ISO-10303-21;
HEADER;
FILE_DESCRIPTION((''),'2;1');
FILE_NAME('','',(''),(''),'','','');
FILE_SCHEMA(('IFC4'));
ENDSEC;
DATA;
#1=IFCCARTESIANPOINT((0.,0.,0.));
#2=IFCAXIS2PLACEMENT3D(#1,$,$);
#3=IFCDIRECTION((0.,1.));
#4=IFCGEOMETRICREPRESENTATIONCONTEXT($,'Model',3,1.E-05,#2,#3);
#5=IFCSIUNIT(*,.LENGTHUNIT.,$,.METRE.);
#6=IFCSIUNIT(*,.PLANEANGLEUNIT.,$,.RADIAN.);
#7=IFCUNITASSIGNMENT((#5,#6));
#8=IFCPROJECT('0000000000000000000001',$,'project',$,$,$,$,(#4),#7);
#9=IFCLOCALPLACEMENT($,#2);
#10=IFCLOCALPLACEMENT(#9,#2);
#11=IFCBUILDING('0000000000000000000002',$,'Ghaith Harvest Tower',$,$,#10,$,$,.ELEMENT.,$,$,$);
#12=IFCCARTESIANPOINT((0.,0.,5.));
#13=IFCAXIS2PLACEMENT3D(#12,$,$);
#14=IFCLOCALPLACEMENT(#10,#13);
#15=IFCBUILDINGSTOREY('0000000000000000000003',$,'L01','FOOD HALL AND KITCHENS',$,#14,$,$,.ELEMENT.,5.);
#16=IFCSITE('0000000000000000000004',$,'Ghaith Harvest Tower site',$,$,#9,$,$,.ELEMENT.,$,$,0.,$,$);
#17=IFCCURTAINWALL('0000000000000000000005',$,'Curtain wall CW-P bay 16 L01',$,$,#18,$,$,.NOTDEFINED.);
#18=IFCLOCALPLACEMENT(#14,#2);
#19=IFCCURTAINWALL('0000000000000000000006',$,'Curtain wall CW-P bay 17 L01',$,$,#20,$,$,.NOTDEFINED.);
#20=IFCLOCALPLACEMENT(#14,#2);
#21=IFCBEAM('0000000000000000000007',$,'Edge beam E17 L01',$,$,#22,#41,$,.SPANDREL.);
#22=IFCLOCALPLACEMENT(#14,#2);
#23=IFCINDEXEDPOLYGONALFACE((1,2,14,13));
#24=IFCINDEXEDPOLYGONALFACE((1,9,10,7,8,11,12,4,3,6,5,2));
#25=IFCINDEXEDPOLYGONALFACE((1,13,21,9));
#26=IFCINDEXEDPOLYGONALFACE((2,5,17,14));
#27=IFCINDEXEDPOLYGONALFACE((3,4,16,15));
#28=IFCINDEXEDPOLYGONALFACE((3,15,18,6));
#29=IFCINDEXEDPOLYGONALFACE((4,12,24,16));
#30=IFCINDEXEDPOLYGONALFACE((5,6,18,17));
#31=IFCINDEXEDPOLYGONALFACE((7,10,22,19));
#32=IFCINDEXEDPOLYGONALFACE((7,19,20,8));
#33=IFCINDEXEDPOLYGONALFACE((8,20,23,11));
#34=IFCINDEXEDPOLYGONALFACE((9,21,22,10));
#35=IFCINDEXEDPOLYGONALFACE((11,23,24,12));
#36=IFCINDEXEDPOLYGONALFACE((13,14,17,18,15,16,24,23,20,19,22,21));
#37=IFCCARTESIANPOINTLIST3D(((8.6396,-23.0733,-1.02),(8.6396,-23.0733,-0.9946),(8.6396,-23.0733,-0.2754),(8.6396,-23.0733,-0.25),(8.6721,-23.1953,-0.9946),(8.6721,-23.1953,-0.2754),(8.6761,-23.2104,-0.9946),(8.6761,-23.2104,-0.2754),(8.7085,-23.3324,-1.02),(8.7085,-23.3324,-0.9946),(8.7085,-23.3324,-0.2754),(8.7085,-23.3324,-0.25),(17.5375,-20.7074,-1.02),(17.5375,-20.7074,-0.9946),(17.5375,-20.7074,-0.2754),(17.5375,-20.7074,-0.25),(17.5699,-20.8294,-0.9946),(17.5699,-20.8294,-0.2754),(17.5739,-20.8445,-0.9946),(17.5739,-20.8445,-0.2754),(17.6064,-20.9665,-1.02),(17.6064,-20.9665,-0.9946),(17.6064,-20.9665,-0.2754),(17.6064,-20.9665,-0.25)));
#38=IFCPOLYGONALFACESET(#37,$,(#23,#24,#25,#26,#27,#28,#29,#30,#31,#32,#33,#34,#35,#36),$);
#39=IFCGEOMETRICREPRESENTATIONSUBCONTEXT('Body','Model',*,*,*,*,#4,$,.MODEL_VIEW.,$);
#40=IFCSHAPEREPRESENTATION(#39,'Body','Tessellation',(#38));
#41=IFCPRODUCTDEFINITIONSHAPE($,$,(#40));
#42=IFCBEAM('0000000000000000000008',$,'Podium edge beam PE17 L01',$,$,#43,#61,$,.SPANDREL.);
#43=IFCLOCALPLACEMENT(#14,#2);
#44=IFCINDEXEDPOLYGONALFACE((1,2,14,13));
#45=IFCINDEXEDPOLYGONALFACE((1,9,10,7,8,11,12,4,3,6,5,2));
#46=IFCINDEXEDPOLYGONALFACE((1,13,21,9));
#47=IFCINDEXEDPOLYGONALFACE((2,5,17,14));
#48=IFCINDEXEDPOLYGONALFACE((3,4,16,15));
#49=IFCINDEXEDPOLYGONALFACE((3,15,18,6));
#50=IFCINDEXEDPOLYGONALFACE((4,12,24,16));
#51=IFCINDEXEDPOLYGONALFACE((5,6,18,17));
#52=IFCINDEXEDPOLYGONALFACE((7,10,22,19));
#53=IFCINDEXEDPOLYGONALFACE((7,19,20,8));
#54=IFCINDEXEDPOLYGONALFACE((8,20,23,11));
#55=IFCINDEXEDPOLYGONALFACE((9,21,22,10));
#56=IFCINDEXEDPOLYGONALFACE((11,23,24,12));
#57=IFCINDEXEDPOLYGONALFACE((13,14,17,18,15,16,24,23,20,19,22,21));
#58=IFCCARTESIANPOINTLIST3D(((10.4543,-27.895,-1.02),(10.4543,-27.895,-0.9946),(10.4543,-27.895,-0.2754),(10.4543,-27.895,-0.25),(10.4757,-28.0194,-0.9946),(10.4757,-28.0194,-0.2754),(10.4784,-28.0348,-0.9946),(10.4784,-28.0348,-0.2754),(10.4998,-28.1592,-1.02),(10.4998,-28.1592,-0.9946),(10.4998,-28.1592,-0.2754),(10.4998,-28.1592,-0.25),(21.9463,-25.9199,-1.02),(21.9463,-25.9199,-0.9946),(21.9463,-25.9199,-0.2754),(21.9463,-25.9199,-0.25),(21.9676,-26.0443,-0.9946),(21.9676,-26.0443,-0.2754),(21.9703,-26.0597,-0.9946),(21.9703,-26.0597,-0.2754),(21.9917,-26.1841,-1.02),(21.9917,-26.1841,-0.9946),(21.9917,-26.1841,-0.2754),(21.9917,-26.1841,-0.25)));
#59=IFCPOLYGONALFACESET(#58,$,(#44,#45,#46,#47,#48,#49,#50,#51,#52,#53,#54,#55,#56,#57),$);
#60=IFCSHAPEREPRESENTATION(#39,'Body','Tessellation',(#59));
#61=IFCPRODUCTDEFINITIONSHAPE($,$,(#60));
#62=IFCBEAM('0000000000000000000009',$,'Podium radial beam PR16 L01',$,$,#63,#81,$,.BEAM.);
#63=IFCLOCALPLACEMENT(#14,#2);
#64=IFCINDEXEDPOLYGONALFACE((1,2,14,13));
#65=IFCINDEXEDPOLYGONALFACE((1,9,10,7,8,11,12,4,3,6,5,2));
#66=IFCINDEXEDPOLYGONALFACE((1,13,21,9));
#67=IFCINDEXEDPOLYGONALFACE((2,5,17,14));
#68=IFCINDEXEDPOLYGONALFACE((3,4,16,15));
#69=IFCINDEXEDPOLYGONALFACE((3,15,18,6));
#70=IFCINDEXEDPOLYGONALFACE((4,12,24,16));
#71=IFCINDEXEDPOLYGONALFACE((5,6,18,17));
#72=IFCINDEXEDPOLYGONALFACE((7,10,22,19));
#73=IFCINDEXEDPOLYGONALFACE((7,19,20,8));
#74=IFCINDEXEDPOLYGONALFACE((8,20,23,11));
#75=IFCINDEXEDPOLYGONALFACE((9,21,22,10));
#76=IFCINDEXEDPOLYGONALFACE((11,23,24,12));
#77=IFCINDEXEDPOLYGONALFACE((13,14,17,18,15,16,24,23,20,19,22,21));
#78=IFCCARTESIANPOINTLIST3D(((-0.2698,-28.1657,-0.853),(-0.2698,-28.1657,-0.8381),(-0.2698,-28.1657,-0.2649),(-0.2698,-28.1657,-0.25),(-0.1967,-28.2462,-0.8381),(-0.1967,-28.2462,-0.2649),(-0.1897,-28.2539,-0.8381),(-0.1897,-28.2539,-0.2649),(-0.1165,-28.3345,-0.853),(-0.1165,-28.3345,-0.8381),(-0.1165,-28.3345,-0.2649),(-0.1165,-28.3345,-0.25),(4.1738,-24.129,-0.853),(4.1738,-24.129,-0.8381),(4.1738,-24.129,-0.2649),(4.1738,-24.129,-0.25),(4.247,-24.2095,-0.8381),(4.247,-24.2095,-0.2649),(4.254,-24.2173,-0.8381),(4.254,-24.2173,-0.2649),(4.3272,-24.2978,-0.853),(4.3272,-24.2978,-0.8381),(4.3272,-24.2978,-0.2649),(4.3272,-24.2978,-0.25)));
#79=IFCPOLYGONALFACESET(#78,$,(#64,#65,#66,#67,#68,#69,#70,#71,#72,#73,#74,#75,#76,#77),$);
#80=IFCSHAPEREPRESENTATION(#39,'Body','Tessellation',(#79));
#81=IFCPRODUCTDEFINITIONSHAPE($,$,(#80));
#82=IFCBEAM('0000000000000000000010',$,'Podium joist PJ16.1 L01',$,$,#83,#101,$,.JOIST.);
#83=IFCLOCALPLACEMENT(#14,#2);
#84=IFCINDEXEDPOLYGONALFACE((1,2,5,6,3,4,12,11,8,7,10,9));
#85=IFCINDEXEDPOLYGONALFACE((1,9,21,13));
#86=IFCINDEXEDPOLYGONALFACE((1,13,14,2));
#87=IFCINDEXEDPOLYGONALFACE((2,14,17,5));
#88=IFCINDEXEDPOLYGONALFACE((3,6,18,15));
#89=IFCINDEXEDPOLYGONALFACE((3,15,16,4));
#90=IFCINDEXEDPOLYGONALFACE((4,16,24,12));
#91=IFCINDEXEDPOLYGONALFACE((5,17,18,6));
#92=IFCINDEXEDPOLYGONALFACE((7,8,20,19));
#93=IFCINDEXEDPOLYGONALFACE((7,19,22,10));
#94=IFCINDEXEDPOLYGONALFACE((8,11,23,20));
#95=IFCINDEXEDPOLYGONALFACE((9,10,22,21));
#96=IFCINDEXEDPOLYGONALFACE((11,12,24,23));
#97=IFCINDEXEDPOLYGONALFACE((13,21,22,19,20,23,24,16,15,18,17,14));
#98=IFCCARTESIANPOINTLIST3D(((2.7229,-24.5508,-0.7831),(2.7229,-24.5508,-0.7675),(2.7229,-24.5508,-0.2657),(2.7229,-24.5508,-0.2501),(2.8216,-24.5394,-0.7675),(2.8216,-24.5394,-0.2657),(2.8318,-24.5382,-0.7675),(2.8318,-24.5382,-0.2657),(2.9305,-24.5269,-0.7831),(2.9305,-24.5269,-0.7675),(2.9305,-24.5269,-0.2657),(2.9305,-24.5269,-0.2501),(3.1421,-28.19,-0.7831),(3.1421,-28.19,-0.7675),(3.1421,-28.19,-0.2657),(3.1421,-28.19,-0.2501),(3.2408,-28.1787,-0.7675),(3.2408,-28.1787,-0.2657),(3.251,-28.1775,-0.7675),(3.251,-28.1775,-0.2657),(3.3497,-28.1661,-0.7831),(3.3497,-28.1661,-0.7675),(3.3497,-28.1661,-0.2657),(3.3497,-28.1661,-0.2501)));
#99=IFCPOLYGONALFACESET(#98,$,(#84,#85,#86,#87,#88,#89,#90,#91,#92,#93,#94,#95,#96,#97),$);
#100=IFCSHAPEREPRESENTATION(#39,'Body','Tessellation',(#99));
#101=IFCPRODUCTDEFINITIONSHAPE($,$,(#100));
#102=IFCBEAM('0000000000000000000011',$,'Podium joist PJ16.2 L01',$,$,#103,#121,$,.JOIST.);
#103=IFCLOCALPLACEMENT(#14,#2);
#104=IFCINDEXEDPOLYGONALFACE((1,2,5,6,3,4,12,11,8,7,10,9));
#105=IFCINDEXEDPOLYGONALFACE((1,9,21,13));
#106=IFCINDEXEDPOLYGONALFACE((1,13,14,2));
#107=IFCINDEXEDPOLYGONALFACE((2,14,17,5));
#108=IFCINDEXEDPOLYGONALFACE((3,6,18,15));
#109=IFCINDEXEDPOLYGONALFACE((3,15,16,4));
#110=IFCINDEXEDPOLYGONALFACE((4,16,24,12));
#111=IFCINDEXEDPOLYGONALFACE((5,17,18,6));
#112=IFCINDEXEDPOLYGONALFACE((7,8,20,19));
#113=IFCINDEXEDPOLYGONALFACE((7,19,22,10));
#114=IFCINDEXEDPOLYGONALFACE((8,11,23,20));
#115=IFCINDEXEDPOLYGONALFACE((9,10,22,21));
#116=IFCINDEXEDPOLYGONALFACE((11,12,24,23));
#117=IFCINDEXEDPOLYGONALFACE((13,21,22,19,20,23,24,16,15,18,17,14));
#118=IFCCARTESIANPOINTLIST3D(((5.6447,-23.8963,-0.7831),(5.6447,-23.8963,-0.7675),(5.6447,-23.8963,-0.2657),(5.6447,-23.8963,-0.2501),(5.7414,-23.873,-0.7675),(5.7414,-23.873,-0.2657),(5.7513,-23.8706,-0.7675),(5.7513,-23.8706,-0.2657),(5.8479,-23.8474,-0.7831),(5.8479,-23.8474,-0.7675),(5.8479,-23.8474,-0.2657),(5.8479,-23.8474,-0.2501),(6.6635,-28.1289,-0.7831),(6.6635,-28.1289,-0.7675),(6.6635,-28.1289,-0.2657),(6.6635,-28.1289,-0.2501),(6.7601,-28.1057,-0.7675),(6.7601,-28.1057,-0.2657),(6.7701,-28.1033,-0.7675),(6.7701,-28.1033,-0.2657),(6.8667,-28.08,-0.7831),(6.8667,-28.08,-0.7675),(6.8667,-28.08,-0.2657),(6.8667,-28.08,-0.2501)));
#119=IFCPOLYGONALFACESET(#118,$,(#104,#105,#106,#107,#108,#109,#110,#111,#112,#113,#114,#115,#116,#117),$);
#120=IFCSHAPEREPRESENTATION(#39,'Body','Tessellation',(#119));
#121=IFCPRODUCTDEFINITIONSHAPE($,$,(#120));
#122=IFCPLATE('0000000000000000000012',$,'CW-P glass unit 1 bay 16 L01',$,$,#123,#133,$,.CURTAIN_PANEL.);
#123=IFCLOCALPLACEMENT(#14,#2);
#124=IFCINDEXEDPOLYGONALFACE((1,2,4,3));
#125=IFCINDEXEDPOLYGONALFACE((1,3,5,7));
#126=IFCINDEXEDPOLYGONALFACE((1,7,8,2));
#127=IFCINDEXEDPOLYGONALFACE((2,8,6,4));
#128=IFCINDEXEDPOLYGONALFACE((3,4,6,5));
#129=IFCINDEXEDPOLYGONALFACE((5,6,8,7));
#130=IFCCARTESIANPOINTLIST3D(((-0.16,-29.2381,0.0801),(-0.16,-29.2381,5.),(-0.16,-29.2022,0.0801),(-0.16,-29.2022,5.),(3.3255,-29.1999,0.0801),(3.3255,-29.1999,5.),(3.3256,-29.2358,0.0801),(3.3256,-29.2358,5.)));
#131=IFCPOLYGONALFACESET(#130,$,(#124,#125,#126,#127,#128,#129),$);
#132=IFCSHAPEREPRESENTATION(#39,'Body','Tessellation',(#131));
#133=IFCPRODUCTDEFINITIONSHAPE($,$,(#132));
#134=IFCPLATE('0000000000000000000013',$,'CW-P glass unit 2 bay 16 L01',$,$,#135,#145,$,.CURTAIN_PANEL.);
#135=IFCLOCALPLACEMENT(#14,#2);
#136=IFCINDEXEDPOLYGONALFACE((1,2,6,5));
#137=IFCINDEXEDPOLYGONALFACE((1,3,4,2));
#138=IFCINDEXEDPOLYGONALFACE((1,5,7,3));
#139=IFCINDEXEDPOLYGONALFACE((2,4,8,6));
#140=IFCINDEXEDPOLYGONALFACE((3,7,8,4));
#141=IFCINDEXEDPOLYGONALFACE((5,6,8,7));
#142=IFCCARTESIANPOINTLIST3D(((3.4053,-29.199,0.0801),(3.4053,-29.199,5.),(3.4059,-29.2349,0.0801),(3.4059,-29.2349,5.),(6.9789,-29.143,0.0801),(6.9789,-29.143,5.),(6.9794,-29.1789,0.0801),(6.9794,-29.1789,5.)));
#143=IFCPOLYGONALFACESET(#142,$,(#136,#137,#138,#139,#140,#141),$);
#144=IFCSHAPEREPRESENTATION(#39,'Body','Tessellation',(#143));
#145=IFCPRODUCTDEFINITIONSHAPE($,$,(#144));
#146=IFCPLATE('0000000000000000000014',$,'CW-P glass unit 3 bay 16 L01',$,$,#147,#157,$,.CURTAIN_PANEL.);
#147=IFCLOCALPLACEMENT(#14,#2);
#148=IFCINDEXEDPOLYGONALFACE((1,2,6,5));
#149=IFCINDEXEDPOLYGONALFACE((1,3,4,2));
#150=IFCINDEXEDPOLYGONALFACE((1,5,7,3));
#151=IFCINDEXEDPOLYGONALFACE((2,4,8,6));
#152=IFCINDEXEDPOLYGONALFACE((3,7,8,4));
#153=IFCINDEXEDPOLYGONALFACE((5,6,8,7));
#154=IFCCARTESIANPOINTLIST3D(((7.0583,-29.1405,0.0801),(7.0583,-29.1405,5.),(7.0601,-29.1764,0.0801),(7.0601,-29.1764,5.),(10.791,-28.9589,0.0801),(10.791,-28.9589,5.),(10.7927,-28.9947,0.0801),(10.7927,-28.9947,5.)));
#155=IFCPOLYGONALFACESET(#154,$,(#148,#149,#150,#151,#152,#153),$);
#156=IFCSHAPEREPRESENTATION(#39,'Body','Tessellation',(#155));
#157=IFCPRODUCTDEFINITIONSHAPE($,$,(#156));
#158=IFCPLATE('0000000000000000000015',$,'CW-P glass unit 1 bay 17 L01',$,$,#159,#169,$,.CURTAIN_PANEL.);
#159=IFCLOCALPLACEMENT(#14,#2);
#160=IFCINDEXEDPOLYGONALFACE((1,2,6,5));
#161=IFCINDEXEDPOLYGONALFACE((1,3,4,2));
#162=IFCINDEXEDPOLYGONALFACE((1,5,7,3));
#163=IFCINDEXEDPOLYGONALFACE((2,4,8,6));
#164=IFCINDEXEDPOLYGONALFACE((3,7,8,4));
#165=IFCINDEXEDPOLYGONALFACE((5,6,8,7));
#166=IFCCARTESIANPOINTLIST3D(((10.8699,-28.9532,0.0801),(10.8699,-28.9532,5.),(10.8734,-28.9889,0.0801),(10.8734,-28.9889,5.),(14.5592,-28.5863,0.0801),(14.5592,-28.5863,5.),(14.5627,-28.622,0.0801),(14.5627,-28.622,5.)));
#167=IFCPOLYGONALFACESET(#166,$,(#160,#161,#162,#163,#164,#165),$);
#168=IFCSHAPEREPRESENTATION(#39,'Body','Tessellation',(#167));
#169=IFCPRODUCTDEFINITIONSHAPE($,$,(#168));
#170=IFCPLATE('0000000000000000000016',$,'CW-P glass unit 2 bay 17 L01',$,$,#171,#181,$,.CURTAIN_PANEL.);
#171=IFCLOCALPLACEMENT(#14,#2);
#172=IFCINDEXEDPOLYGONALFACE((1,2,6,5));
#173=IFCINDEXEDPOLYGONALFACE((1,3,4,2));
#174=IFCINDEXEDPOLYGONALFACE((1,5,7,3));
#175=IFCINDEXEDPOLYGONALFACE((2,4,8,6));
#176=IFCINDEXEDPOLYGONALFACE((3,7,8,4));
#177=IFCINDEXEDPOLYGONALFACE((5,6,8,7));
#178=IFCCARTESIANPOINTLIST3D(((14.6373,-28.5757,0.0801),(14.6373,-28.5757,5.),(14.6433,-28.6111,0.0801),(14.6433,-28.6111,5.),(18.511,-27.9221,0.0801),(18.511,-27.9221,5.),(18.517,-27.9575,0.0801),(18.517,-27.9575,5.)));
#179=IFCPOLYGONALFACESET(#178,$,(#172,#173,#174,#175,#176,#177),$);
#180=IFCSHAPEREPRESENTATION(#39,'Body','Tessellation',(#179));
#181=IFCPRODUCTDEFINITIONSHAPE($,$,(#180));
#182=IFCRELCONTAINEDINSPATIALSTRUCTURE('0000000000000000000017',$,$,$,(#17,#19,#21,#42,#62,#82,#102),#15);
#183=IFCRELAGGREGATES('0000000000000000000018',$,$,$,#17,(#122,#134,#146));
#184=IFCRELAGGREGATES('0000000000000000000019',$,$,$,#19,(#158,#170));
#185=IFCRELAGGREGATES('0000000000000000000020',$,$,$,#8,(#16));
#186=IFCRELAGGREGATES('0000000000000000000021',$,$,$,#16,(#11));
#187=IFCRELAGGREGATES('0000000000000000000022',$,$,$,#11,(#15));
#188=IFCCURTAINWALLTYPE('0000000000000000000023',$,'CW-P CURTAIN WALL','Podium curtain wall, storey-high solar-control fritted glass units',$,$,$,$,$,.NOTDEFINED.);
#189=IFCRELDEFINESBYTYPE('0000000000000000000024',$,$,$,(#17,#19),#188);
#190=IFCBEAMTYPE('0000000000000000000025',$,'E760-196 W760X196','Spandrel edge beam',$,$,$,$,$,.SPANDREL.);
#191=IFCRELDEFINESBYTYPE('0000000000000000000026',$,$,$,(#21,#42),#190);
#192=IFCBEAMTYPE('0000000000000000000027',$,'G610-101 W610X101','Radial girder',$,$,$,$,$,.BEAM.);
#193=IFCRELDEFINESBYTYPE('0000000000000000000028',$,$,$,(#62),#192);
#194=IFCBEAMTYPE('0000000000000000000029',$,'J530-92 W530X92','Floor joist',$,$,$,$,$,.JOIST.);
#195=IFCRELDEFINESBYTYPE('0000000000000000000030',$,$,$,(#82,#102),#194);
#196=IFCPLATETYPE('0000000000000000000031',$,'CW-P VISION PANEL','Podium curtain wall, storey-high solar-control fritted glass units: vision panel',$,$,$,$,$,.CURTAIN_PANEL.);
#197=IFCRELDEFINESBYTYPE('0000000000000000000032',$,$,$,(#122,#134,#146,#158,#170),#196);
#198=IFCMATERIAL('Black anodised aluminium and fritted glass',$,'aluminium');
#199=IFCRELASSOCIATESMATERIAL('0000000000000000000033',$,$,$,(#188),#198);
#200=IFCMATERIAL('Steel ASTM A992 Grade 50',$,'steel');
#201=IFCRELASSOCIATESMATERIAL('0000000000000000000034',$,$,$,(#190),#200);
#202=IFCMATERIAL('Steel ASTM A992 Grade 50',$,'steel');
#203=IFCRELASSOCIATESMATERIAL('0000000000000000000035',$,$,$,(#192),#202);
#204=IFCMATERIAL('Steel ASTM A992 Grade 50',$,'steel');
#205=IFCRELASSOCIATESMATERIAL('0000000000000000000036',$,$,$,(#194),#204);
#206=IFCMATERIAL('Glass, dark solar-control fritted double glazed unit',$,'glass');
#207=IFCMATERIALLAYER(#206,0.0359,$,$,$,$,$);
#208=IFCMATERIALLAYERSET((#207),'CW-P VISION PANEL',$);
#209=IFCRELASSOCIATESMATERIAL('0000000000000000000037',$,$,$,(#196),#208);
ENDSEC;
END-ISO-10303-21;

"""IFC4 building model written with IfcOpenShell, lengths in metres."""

from ifc_helpers import new_model, si_unit, direction, frame, origin, origin_2d, place, context, subcontext, project, spatial, rectangle, i_section, extrude, material, layer, layer_set, material_profile, profile_set, type_object, element, aggregate, save


model = new_model("IFC4")

# Units and contexts
model_context = context("Model", 3, precision=1e-05, world=origin(), true_north=direction((0.0, 1.0)))
body_context = subcontext(model_context, "Body", "Model", "MODEL_VIEW")
ifc_project = project(units=[si_unit("LENGTHUNIT", "METRE"), si_unit("PLANEANGLEUNIT", "RADIAN")], contexts=[model_context])

# Site, building, storey
site_placement = place(None, origin())
site = spatial("IfcSite", under=ifc_project, at=site_placement, Name="Ghaith Harvest Tower site", CompositionType="ELEMENT", RefElevation=0.0)
building_placement = place(site_placement, origin())
building = spatial("IfcBuilding", under=site, at=building_placement, Name="Ghaith Harvest Tower", CompositionType="ELEMENT")
storey_placement = place(building_placement, frame((0.0, 0.0, 5.0)))
storey = spatial("IfcBuildingStorey", under=building, at=storey_placement, Name="L01", Description="FOOD HALL AND KITCHENS", CompositionType="ELEMENT", Elevation=5.0)

# Curtain walls
ifc_material_1 = material(Name="Black anodised aluminium and fritted glass", Category="aluminium")
curtain_wall_type = type_object("IfcCurtainWallType", Name="CW-P CURTAIN WALL", Description="Podium curtain wall, storey-high solar-control fritted glass units", PredefinedType="NOTDEFINED", material=ifc_material_1)
curtain_wall_1_placement = place(storey_placement, origin())
curtain_wall_1 = element("IfcCurtainWall", 1, at=curtain_wall_1_placement, inside=storey, type_object=curtain_wall_type, Name="Curtain wall CW-P bay 16 L01", PredefinedType="NOTDEFINED")
curtain_wall_2_placement = place(storey_placement, origin())
curtain_wall_2 = element("IfcCurtainWall", 2, at=curtain_wall_2_placement, inside=storey, type_object=curtain_wall_type, Name="Curtain wall CW-P bay 17 L01", PredefinedType="NOTDEFINED")

# Beams
ifc_material_2 = material(Name="Steel ASTM A992 Grade 50", Category="steel")
ifc_material_profile_1 = material_profile(ifc_material_2, i_section(OverallWidth=0.2681, OverallDepth=0.77, WebThickness=0.0156, FlangeThickness=0.0254, at=origin_2d()), Name="W760X196")
ifc_profile_set_1 = profile_set([ifc_material_profile_1], Name="Steel ASTM A992 Grade 50")
beam_type_1 = type_object("IfcBeamType", Name="E760-196 W760X196", Description="Spandrel edge beam", PredefinedType="SPANDREL", material=ifc_profile_set_1)
beam_1_placement = place(storey_placement, frame((8.6741, -23.2029, -0.635), z_axis=(0.966419, 0.256971, 0.0), x_axis=(-0.256971, 0.966419, 0.0)))
element("IfcBeam", 3, at=beam_1_placement, inside=storey, type_object=beam_type_1, Name="Edge beam E17 L01", PredefinedType="SPANDREL", context=body_context, shape_type="SweptSolid", body=[
    extrude(i_section(OverallWidth=0.2681, OverallDepth=0.77, WebThickness=0.0156, FlangeThickness=0.0254, at=origin_2d()), origin(), (0.0, 0.0, 1.0), 9.207),
])
beam_2_placement = place(storey_placement, frame((10.4771, -28.0271, -0.635), z_axis=(0.98555, 0.169385, 0.0), x_axis=(-0.169385, 0.98555, 0.0)))
element("IfcBeam", 4, at=beam_2_placement, inside=storey, type_object=beam_type_1, Name="Podium edge beam PE17 L01", PredefinedType="SPANDREL", context=body_context, shape_type="SweptSolid", body=[
    extrude(i_section(OverallWidth=0.2681, OverallDepth=0.77, WebThickness=0.0156, FlangeThickness=0.0254, at=origin_2d()), origin(), (0.0, 0.0, 1.0), 11.6604),
])
ifc_material_3 = material(Name="Steel ASTM A992 Grade 50", Category="steel")
ifc_material_profile_2 = material_profile(ifc_material_3, i_section(OverallWidth=0.228, OverallDepth=0.603, WebThickness=0.0105, FlangeThickness=0.0149, at=origin_2d()), Name="W610X101")
ifc_profile_set_2 = profile_set([ifc_material_profile_2], Name="Steel ASTM A992 Grade 50")
beam_type_2 = type_object("IfcBeamType", Name="G610-101 W610X101", Description="Radial girder", PredefinedType="BEAM", material=ifc_profile_set_2)
beam_3_placement = place(storey_placement, frame((4.2505, -24.2134, -0.5515), z_axis=(-0.74019, -0.672397, 0.0), x_axis=(0.672397, -0.74019, 0.0)))
element("IfcBeam", 5, at=beam_3_placement, inside=storey, type_object=beam_type_2, Name="Podium radial beam PR16 L01", PredefinedType="BEAM", context=body_context, shape_type="SweptSolid", body=[
    extrude(i_section(OverallWidth=0.228, OverallDepth=0.603, WebThickness=0.0105, FlangeThickness=0.0149, at=origin_2d()), origin(), (0.0, 0.0, 1.0), 6.0034),
])
ifc_material_4 = material(Name="Steel ASTM A992 Grade 50", Category="steel")
ifc_material_profile_3 = material_profile(ifc_material_4, i_section(OverallWidth=0.209, OverallDepth=0.533, WebThickness=0.0103, FlangeThickness=0.0156, at=origin_2d()), Name="W530X92")
ifc_profile_set_3 = profile_set([ifc_material_profile_3], Name="Steel ASTM A992 Grade 50")
beam_type_3 = type_object("IfcBeamType", Name="J530-92 W530X92", Description="Floor joist", PredefinedType="JOIST", material=ifc_profile_set_3)
beam_4_placement = place(storey_placement, frame((2.8267, -24.5388, -0.5166), z_axis=(0.114432, -0.993431, 0.0), x_axis=(0.993431, 0.114432, 0.0)))
element("IfcBeam", 6, at=beam_4_placement, inside=storey, type_object=beam_type_3, Name="Podium joist PJ16.1 L01", PredefinedType="JOIST", context=body_context, shape_type="SweptSolid", body=[
    extrude(i_section(OverallWidth=0.209, OverallDepth=0.533, WebThickness=0.0103, FlangeThickness=0.0156, at=origin_2d()), origin(), (0.0, 0.0, 1.0), 3.6633),
])
beam_5_placement = place(storey_placement, frame((5.7463, -23.8718, -0.5166), z_axis=(0.234016, -0.972233, 0.0), x_axis=(0.972233, 0.234016, 0.0)))
element("IfcBeam", 7, at=beam_5_placement, inside=storey, type_object=beam_type_3, Name="Podium joist PJ16.2 L01", PredefinedType="JOIST", context=body_context, shape_type="SweptSolid", body=[
    extrude(i_section(OverallWidth=0.209, OverallDepth=0.533, WebThickness=0.0103, FlangeThickness=0.0156, at=origin_2d()), origin(), (0.0, 0.0, 1.0), 4.3535),
])

# Plates
ifc_material_5 = material(Name="Glass, dark solar-control fritted double glazed unit", Category="glass")
ifc_layer = layer(ifc_material_5, 0.0359)
ifc_layer_set = layer_set([ifc_layer], Name="CW-P VISION PANEL")
plate_type = type_object("IfcPlateType", Name="CW-P VISION PANEL", Description="Podium curtain wall, storey-high solar-control fritted glass units: vision panel", PredefinedType="CURTAIN_PANEL", material=ifc_layer_set)
plate_1_placement = place(storey_placement, frame((1.5828, -29.219, 0.0801), z_axis=(0.0, 0.0, 1.0), x_axis=(1.0, 0.000672, 0.0)))
plate_1 = element("IfcPlate", 8, at=plate_1_placement, type_object=plate_type, Name="CW-P glass unit 1 bay 16 L01", PredefinedType="CURTAIN_PANEL", context=body_context, shape_type="SweptSolid", body=[
    extrude(rectangle(XDim=3.4856, YDim=0.0359, at=origin_2d()), origin(), (0.0, 0.0, 1.0), 4.9199),
])
plate_2_placement = place(storey_placement, frame((5.1924, -29.189, 0.0801), z_axis=(0.0, 0.0, 1.0), x_axis=(0.999877, 0.015661, 0.0)))
plate_2 = element("IfcPlate", 9, at=plate_2_placement, type_object=plate_type, Name="CW-P glass unit 2 bay 16 L01", PredefinedType="CURTAIN_PANEL", context=body_context, shape_type="SweptSolid", body=[
    extrude(rectangle(XDim=3.574, YDim=0.0359, at=origin_2d()), origin(), (0.0, 0.0, 1.0), 4.9199),
])
plate_3_placement = place(storey_placement, frame((8.9255, -29.0676, 0.0801), z_axis=(0.0, 0.0, 1.0), x_axis=(0.998818, 0.048597, 0.0)))
plate_3 = element("IfcPlate", 10, at=plate_3_placement, type_object=plate_type, Name="CW-P glass unit 3 bay 16 L01", PredefinedType="CURTAIN_PANEL", context=body_context, shape_type="SweptSolid", body=[
    extrude(rectangle(XDim=3.7371, YDim=0.0359, at=origin_2d()), origin(), (0.0, 0.0, 1.0), 4.9199),
])
aggregate(curtain_wall_1, [plate_1, plate_2, plate_3])
plate_4_placement = place(storey_placement, frame((12.7163, -28.7876, 0.0801), z_axis=(0.0, 0.0, 1.0), x_axis=(0.995093, 0.098949, 0.0)))
plate_4 = element("IfcPlate", 11, at=plate_4_placement, type_object=plate_type, Name="CW-P glass unit 1 bay 17 L01", PredefinedType="CURTAIN_PANEL", context=body_context, shape_type="SweptSolid", body=[
    extrude(rectangle(XDim=3.7075, YDim=0.0359, at=origin_2d()), origin(), (0.0, 0.0, 1.0), 4.9199),
])
plate_5_placement = place(storey_placement, frame((16.5771, -28.2666, 0.0801), z_axis=(0.0, 0.0, 1.0), x_axis=(0.986062, 0.166379, 0.0)))
plate_5 = element("IfcPlate", 12, at=plate_5_placement, type_object=plate_type, Name="CW-P glass unit 2 bay 17 L01", PredefinedType="CURTAIN_PANEL", context=body_context, shape_type="SweptSolid", body=[
    extrude(rectangle(XDim=3.9285, YDim=0.0359, at=origin_2d()), origin(), (0.0, 0.0, 1.0), 4.9199),
])
aggregate(curtain_wall_2, [plate_4, plate_5])

save(model, "model.ifc")
